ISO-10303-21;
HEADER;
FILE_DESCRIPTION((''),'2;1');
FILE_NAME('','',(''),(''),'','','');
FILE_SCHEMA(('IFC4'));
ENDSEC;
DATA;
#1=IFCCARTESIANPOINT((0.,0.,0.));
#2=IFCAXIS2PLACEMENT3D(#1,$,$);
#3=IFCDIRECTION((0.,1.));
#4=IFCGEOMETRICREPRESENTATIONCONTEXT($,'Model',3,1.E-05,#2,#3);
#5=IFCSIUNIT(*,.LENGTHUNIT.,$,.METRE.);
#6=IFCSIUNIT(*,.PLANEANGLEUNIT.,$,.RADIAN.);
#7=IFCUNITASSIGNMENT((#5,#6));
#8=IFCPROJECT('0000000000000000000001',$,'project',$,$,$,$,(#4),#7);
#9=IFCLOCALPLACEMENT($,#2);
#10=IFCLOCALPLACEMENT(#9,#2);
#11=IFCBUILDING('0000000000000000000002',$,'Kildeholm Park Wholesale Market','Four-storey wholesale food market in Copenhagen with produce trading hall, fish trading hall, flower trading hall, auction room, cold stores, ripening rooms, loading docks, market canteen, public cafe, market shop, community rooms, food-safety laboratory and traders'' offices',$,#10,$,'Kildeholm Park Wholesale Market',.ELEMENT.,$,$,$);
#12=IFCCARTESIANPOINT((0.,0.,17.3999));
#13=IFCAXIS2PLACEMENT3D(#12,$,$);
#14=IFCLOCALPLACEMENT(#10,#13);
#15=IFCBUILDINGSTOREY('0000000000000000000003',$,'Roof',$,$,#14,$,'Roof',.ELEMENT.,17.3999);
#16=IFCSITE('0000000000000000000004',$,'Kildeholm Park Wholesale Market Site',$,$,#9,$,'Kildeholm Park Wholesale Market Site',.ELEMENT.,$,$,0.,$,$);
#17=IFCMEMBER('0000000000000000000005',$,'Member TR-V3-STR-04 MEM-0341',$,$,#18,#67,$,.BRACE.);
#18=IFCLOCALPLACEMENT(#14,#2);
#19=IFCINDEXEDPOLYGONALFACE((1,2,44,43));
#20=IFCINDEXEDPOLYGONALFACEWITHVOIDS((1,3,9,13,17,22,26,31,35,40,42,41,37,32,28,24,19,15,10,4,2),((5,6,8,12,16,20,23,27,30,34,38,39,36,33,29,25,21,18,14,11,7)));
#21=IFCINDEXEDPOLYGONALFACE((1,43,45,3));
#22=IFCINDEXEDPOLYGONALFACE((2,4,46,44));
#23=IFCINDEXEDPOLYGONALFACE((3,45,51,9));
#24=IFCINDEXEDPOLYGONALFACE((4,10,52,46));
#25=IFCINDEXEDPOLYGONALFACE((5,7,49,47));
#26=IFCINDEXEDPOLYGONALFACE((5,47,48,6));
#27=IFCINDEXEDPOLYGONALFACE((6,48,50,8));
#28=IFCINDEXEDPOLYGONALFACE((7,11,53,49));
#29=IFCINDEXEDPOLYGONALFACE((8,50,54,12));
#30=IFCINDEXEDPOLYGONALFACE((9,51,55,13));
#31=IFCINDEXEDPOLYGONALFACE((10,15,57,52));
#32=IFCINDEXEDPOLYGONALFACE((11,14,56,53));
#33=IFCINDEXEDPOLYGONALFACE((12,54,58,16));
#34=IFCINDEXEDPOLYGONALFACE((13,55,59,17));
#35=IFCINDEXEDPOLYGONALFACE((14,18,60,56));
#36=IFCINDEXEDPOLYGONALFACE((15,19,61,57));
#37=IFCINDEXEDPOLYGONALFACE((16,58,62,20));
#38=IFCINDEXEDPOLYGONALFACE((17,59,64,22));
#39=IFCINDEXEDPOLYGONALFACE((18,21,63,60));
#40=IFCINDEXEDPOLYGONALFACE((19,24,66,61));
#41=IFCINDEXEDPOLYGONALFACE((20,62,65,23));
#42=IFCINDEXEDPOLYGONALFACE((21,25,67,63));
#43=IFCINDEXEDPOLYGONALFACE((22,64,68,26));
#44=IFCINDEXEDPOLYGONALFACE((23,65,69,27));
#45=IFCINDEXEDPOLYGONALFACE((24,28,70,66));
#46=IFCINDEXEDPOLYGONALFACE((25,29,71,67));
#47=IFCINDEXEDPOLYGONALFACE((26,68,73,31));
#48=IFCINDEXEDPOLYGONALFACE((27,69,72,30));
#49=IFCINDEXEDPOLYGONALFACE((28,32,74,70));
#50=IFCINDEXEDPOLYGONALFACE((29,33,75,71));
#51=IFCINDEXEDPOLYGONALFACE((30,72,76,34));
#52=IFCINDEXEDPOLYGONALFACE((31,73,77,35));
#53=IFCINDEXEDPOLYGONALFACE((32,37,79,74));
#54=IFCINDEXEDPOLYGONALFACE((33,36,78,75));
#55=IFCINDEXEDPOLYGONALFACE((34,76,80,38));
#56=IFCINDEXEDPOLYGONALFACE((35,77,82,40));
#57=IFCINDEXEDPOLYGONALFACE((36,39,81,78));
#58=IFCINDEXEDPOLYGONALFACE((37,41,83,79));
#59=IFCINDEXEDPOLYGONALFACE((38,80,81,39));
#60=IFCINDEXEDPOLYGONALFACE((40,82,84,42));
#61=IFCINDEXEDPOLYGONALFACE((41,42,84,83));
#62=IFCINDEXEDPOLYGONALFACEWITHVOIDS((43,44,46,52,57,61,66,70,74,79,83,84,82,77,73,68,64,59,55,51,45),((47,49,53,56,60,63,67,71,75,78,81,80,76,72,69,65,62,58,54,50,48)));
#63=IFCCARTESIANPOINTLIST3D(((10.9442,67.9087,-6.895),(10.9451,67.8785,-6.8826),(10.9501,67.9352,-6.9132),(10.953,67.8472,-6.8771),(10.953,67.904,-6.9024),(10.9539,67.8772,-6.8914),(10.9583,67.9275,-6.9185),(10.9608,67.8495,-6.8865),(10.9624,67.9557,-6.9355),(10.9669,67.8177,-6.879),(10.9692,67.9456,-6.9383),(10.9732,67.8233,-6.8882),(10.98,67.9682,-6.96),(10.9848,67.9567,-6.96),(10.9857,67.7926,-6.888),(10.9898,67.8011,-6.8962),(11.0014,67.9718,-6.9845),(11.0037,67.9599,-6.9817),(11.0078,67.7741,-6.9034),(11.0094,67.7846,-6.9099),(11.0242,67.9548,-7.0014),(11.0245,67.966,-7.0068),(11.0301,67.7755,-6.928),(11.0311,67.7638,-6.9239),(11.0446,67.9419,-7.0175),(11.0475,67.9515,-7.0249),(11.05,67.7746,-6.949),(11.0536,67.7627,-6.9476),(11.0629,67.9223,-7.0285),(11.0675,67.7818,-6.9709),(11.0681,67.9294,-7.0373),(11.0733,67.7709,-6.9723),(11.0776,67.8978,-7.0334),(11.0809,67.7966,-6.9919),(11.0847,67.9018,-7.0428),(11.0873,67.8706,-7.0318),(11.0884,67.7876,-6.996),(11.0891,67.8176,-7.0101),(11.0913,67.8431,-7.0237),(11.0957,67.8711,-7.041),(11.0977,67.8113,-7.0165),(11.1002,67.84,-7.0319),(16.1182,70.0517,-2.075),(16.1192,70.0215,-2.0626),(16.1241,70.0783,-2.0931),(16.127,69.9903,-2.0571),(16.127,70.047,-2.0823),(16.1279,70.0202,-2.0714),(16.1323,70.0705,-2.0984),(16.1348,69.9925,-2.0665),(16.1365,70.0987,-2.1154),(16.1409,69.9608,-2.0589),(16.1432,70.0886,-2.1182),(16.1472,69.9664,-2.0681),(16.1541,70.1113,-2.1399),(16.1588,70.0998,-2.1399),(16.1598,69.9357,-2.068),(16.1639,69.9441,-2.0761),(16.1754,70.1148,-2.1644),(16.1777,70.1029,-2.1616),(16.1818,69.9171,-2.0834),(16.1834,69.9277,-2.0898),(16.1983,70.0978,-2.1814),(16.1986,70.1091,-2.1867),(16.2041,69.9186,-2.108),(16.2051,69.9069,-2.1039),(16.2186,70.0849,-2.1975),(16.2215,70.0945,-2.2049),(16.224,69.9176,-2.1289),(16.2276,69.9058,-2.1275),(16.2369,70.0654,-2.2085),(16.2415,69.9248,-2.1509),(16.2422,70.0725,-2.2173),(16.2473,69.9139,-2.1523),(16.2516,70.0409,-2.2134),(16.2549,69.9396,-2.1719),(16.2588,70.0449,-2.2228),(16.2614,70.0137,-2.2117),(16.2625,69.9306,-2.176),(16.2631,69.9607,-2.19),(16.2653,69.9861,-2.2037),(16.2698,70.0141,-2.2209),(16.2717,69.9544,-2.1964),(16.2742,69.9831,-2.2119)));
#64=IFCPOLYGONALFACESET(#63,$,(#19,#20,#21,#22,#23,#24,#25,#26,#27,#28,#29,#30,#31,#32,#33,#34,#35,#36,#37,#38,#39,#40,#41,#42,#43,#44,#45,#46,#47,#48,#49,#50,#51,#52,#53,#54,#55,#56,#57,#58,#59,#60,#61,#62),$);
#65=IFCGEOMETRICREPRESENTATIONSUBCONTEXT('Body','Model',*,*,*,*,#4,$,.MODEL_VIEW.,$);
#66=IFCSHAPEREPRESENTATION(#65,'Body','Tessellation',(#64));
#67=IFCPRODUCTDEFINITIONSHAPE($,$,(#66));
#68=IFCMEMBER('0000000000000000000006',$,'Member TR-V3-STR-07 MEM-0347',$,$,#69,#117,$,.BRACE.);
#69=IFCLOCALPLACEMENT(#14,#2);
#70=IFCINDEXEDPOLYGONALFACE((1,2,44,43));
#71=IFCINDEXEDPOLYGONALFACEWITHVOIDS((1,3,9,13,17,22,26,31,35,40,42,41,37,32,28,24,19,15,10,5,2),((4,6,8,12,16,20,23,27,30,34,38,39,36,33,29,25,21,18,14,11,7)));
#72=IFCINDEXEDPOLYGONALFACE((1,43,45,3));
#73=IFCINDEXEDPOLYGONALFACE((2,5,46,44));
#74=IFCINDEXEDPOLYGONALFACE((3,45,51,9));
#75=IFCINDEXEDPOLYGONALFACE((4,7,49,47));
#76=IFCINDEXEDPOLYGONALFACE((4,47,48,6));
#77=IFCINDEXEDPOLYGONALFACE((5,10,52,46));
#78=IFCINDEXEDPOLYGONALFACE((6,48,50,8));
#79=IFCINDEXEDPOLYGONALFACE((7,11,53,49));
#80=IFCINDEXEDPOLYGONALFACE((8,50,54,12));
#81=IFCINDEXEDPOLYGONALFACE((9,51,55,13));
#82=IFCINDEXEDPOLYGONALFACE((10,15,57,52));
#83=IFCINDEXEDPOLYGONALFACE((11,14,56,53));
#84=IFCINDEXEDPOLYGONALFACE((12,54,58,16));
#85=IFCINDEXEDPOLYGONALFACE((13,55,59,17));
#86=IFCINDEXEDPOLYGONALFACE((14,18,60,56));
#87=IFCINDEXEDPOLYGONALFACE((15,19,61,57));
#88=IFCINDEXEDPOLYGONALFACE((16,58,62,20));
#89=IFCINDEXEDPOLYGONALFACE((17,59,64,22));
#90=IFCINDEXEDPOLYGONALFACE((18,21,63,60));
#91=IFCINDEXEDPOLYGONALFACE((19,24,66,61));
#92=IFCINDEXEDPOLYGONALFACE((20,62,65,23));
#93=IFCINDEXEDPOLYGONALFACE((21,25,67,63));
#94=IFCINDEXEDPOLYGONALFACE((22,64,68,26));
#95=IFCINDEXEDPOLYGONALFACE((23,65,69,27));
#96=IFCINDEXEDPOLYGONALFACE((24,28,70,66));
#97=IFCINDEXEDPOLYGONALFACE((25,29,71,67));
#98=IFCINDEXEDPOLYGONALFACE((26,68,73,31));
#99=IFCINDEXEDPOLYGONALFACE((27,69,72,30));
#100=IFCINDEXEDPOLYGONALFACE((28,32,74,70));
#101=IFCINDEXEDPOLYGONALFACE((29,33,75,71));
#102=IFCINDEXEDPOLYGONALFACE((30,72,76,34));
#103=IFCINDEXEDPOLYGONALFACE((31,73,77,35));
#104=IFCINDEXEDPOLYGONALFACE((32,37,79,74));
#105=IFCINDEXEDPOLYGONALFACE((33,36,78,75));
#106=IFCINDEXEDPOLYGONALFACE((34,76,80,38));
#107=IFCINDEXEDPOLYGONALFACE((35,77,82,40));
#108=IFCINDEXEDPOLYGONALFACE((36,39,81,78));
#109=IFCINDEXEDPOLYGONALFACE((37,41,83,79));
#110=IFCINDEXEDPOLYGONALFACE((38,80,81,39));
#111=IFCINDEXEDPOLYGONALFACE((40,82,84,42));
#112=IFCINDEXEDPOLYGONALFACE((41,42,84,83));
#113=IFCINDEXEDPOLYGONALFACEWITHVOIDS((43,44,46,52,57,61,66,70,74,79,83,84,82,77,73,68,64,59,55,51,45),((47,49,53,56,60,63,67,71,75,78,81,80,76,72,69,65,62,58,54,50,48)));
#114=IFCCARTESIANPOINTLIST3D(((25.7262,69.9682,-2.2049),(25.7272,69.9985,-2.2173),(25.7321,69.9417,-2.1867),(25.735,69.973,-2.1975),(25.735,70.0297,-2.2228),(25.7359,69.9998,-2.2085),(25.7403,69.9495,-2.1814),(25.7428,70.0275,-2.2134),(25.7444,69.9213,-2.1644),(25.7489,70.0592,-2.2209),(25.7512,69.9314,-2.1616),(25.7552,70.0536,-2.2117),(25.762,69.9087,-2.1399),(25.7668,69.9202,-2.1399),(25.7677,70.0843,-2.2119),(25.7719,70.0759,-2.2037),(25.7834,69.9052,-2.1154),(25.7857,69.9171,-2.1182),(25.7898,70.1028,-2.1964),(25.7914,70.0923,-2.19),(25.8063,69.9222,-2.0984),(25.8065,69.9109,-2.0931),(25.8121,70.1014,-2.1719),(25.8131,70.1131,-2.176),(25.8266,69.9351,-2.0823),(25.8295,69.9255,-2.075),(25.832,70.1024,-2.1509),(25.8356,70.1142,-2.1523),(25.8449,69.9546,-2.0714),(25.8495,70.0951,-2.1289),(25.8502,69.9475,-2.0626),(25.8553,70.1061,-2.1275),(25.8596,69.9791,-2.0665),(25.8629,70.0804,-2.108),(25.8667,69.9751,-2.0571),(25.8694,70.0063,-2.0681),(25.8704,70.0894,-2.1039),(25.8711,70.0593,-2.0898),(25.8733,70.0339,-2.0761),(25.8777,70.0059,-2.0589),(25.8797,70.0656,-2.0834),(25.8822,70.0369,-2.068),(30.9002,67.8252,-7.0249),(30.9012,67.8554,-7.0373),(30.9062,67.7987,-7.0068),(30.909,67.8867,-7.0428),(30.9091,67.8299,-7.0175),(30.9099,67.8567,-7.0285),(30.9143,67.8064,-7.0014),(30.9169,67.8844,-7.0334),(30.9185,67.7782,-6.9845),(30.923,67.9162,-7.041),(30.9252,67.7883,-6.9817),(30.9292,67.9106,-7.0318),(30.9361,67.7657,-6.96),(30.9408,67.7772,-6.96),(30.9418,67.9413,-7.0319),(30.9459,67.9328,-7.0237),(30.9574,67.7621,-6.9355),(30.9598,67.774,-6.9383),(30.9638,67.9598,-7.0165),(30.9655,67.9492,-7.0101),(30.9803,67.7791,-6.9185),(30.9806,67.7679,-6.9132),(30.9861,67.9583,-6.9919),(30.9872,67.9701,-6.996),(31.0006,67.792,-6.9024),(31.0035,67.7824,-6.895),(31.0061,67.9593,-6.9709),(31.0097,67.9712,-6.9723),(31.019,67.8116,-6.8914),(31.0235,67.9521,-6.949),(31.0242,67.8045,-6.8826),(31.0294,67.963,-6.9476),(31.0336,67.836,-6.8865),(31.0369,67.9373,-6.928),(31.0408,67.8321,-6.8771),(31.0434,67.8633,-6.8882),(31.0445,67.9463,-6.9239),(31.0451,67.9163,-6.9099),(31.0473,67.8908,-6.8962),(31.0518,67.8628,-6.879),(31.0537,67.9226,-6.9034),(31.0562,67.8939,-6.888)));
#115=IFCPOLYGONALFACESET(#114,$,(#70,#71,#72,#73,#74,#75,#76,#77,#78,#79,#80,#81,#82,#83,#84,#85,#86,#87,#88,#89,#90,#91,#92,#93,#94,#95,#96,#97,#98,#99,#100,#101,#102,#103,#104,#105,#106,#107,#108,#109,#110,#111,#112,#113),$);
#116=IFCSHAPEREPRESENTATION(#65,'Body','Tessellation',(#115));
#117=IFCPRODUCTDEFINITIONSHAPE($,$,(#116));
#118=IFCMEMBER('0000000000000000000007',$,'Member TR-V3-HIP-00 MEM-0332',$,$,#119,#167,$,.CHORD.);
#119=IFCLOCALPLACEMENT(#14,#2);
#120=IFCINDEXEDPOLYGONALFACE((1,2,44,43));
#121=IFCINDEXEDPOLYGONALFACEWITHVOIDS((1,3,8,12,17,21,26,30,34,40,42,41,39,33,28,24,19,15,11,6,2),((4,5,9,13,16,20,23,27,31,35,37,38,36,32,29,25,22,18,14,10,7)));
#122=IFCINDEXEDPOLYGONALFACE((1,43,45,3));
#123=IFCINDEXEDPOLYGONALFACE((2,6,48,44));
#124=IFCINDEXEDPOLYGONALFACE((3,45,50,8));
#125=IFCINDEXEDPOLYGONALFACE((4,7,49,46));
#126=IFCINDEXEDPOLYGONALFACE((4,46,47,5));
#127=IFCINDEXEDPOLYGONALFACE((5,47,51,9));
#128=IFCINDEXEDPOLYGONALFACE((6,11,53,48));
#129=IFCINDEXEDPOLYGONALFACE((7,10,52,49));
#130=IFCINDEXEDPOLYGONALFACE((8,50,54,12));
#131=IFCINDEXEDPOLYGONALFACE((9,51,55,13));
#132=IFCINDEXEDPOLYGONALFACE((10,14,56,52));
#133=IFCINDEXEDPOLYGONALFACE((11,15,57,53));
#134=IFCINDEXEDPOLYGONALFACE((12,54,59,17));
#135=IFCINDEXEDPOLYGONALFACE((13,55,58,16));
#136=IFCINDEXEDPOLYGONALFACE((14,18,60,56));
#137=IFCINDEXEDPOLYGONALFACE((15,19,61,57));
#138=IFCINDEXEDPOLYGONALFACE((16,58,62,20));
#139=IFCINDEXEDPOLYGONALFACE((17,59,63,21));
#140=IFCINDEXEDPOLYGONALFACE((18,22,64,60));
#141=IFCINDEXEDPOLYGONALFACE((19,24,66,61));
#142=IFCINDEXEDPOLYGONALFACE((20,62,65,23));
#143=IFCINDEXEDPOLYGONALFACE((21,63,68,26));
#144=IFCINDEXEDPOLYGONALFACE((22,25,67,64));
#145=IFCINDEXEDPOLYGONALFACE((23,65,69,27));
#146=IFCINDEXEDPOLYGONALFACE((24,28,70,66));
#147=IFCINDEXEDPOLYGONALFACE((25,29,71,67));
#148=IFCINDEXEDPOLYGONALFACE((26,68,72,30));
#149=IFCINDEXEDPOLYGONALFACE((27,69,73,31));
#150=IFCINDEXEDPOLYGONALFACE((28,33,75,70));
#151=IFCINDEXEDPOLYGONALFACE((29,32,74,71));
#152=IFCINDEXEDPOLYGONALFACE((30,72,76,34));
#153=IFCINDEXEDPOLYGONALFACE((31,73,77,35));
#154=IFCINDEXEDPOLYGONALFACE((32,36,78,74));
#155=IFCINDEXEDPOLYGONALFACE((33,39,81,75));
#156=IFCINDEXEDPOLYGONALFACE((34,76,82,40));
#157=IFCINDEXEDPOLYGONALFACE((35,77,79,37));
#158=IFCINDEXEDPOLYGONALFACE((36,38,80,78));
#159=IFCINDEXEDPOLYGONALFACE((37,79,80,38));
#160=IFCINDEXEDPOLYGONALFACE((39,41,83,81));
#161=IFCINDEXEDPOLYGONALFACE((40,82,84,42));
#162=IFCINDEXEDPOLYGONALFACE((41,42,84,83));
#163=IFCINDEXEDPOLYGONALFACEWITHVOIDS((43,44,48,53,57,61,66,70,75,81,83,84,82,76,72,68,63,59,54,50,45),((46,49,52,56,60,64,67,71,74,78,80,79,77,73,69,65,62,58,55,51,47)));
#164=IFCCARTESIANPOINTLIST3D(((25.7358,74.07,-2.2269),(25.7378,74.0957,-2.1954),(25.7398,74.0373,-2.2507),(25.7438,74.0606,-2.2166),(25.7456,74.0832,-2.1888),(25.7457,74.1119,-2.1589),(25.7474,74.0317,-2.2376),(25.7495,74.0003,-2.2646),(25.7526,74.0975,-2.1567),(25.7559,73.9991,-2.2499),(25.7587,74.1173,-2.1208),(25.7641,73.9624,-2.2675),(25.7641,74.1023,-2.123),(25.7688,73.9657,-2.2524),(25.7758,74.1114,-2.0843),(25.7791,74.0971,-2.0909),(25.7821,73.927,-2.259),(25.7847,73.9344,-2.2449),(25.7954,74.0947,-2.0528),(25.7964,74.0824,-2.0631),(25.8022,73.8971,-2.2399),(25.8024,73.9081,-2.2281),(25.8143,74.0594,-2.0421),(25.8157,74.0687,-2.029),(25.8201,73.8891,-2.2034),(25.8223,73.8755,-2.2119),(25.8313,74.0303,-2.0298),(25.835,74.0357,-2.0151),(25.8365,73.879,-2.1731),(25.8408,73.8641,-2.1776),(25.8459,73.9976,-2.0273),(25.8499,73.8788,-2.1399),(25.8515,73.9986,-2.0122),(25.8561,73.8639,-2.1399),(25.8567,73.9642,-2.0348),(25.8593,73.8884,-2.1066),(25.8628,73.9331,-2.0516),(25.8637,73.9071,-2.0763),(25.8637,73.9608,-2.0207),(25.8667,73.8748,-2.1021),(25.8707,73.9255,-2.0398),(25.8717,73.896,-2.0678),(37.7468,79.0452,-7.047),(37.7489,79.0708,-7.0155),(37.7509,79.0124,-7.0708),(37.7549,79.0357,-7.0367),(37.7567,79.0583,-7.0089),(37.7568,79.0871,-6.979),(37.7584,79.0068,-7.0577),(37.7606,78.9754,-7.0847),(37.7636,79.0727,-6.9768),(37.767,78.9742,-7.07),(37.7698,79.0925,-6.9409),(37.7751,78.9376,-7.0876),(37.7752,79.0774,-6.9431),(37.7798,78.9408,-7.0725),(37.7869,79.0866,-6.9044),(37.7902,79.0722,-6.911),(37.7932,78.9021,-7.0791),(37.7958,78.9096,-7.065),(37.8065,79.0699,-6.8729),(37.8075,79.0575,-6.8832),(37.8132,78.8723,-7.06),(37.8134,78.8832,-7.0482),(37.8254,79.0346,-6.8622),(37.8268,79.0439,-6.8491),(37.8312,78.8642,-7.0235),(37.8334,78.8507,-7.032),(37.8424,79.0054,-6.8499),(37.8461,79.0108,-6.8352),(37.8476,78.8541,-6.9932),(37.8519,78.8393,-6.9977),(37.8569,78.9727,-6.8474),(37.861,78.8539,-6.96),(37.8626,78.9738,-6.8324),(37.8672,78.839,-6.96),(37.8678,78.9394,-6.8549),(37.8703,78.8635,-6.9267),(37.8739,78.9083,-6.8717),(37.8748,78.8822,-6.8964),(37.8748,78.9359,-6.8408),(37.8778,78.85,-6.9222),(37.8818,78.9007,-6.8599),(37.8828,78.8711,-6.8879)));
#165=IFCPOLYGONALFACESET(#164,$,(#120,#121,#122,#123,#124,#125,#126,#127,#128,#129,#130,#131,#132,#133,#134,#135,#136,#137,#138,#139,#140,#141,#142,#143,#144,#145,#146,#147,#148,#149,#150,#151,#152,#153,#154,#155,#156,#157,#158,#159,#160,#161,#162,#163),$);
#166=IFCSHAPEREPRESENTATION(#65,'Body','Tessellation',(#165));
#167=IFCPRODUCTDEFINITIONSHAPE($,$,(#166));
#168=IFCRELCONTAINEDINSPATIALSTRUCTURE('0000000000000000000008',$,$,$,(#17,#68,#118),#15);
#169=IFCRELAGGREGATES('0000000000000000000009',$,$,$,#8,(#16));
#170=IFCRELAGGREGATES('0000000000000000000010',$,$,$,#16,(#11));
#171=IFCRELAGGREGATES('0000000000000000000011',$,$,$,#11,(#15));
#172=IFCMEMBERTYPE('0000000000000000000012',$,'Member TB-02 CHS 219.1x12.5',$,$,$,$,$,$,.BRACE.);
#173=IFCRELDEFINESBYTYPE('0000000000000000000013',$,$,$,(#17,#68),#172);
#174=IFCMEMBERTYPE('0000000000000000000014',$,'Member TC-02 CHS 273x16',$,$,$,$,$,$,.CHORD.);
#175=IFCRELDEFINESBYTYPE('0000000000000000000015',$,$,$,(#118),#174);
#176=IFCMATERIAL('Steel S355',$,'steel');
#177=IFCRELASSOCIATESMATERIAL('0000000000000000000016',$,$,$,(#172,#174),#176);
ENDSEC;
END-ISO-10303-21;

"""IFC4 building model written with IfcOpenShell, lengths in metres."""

from ifc_helpers import new_model, si_unit, direction, frame, origin, origin_2d, place, context, subcontext, project, spatial, hollow_circle, extrude, material, material_profile, profile_set, type_object, element, save


model = new_model("IFC4")

# Units and contexts
model_context = context("Model", 3, precision=1e-05, world=origin(), true_north=direction((0.0, 1.0)))
body_context = subcontext(model_context, "Body", "Model", "MODEL_VIEW")
ifc_project = project(units=[si_unit("LENGTHUNIT", "METRE"), si_unit("PLANEANGLEUNIT", "RADIAN")], contexts=[model_context])

# Site, building, storey
site_placement = place(None, origin())
site = spatial("IfcSite", under=ifc_project, at=site_placement, Name="Kildeholm Park Wholesale Market Site", LongName="Kildeholm Park Wholesale Market Site", CompositionType="ELEMENT", RefElevation=0.0)
building_placement = place(site_placement, origin())
building = spatial("IfcBuilding", under=site, at=building_placement, Name="Kildeholm Park Wholesale Market", Description="Four-storey wholesale food market in Copenhagen with produce trading hall, fish trading hall, flower trading hall, auction room, cold stores, ripening rooms, loading docks, market canteen, public cafe, market shop, community rooms, food-safety laboratory and traders' offices", LongName="Kildeholm Park Wholesale Market", CompositionType="ELEMENT")
storey_placement = place(building_placement, frame((0.0, 0.0, 17.3999)))
storey = spatial("IfcBuildingStorey", under=building, at=storey_placement, Name="Roof", LongName="Roof", CompositionType="ELEMENT", Elevation=17.3999)

# Shared definitions
ifc_material_1 = material(Name="Steel S355", Category="steel")

# Members
ifc_material_profile_1 = material_profile(ifc_material_1, hollow_circle(Radius=0.1096, WallThickness=0.0125, at=origin_2d()), Name="CHS 219.1x12.5")
ifc_profile_set_1 = profile_set([ifc_material_profile_1], Name="Steel S355")
member_type_1 = type_object("IfcMemberType", Name="Member TB-02 CHS 219.1x12.5", PredefinedType="BRACE", material=ifc_profile_set_1)
for number, where, z_axis, x_axis, name in (
    (1, (11.022, 67.8669, -6.96), (0.700243, 0.290036, 0.652333), (-0.382668, 0.923886, 0.0), "Member TR-V3-STR-04 MEM-0341"),
    (2, (30.978, 67.8669, -6.96), (-0.700243, 0.290036, 0.652333), (-0.382668, -0.923886, 0.0), "Member TR-V3-STR-07 MEM-0347"),
):
    element("IfcMember", number, at=place(storey_placement, frame(where, z_axis=z_axis, x_axis=x_axis)), inside=storey, type_object=member_type_1, Name=name, PredefinedType="BRACE", context=body_context, shape_type="SweptSolid", body=[
        extrude(hollow_circle(Radius=0.1096, WallThickness=0.0125, at=origin_2d()), origin(), (0.0, 0.0, 1.0), 7.3889),
    ])
ifc_material_profile_2 = material_profile(ifc_material_1, hollow_circle(Radius=0.1365, WallThickness=0.0161, at=origin_2d()), Name="CHS 273x16")
ifc_profile_set_2 = profile_set([ifc_material_profile_2], Name="Steel S355")
member_type_2 = type_object("IfcMemberType", Name="Member TC-02 CHS 273x16", PredefinedType="CHORD", material=ifc_profile_set_2)
for number, where, z_axis, x_axis, name in (
    (3, (37.8149, 78.9651, -6.96), (-0.866258, -0.358815, 0.347634), (0.382682, -0.92388, 0.0), "Member TR-V3-HIP-00 MEM-0332"),
):
    element("IfcMember", number, at=place(storey_placement, frame(where, z_axis=z_axis, x_axis=x_axis)), inside=storey, type_object=member_type_2, Name=name, PredefinedType="CHORD", context=body_context, shape_type="SweptSolid", body=[
        extrude(hollow_circle(Radius=0.1365, WallThickness=0.0161, at=origin_2d()), origin(), (0.0, 0.0, 1.0), 13.8655),
    ])

save(model, "model.ifc")
